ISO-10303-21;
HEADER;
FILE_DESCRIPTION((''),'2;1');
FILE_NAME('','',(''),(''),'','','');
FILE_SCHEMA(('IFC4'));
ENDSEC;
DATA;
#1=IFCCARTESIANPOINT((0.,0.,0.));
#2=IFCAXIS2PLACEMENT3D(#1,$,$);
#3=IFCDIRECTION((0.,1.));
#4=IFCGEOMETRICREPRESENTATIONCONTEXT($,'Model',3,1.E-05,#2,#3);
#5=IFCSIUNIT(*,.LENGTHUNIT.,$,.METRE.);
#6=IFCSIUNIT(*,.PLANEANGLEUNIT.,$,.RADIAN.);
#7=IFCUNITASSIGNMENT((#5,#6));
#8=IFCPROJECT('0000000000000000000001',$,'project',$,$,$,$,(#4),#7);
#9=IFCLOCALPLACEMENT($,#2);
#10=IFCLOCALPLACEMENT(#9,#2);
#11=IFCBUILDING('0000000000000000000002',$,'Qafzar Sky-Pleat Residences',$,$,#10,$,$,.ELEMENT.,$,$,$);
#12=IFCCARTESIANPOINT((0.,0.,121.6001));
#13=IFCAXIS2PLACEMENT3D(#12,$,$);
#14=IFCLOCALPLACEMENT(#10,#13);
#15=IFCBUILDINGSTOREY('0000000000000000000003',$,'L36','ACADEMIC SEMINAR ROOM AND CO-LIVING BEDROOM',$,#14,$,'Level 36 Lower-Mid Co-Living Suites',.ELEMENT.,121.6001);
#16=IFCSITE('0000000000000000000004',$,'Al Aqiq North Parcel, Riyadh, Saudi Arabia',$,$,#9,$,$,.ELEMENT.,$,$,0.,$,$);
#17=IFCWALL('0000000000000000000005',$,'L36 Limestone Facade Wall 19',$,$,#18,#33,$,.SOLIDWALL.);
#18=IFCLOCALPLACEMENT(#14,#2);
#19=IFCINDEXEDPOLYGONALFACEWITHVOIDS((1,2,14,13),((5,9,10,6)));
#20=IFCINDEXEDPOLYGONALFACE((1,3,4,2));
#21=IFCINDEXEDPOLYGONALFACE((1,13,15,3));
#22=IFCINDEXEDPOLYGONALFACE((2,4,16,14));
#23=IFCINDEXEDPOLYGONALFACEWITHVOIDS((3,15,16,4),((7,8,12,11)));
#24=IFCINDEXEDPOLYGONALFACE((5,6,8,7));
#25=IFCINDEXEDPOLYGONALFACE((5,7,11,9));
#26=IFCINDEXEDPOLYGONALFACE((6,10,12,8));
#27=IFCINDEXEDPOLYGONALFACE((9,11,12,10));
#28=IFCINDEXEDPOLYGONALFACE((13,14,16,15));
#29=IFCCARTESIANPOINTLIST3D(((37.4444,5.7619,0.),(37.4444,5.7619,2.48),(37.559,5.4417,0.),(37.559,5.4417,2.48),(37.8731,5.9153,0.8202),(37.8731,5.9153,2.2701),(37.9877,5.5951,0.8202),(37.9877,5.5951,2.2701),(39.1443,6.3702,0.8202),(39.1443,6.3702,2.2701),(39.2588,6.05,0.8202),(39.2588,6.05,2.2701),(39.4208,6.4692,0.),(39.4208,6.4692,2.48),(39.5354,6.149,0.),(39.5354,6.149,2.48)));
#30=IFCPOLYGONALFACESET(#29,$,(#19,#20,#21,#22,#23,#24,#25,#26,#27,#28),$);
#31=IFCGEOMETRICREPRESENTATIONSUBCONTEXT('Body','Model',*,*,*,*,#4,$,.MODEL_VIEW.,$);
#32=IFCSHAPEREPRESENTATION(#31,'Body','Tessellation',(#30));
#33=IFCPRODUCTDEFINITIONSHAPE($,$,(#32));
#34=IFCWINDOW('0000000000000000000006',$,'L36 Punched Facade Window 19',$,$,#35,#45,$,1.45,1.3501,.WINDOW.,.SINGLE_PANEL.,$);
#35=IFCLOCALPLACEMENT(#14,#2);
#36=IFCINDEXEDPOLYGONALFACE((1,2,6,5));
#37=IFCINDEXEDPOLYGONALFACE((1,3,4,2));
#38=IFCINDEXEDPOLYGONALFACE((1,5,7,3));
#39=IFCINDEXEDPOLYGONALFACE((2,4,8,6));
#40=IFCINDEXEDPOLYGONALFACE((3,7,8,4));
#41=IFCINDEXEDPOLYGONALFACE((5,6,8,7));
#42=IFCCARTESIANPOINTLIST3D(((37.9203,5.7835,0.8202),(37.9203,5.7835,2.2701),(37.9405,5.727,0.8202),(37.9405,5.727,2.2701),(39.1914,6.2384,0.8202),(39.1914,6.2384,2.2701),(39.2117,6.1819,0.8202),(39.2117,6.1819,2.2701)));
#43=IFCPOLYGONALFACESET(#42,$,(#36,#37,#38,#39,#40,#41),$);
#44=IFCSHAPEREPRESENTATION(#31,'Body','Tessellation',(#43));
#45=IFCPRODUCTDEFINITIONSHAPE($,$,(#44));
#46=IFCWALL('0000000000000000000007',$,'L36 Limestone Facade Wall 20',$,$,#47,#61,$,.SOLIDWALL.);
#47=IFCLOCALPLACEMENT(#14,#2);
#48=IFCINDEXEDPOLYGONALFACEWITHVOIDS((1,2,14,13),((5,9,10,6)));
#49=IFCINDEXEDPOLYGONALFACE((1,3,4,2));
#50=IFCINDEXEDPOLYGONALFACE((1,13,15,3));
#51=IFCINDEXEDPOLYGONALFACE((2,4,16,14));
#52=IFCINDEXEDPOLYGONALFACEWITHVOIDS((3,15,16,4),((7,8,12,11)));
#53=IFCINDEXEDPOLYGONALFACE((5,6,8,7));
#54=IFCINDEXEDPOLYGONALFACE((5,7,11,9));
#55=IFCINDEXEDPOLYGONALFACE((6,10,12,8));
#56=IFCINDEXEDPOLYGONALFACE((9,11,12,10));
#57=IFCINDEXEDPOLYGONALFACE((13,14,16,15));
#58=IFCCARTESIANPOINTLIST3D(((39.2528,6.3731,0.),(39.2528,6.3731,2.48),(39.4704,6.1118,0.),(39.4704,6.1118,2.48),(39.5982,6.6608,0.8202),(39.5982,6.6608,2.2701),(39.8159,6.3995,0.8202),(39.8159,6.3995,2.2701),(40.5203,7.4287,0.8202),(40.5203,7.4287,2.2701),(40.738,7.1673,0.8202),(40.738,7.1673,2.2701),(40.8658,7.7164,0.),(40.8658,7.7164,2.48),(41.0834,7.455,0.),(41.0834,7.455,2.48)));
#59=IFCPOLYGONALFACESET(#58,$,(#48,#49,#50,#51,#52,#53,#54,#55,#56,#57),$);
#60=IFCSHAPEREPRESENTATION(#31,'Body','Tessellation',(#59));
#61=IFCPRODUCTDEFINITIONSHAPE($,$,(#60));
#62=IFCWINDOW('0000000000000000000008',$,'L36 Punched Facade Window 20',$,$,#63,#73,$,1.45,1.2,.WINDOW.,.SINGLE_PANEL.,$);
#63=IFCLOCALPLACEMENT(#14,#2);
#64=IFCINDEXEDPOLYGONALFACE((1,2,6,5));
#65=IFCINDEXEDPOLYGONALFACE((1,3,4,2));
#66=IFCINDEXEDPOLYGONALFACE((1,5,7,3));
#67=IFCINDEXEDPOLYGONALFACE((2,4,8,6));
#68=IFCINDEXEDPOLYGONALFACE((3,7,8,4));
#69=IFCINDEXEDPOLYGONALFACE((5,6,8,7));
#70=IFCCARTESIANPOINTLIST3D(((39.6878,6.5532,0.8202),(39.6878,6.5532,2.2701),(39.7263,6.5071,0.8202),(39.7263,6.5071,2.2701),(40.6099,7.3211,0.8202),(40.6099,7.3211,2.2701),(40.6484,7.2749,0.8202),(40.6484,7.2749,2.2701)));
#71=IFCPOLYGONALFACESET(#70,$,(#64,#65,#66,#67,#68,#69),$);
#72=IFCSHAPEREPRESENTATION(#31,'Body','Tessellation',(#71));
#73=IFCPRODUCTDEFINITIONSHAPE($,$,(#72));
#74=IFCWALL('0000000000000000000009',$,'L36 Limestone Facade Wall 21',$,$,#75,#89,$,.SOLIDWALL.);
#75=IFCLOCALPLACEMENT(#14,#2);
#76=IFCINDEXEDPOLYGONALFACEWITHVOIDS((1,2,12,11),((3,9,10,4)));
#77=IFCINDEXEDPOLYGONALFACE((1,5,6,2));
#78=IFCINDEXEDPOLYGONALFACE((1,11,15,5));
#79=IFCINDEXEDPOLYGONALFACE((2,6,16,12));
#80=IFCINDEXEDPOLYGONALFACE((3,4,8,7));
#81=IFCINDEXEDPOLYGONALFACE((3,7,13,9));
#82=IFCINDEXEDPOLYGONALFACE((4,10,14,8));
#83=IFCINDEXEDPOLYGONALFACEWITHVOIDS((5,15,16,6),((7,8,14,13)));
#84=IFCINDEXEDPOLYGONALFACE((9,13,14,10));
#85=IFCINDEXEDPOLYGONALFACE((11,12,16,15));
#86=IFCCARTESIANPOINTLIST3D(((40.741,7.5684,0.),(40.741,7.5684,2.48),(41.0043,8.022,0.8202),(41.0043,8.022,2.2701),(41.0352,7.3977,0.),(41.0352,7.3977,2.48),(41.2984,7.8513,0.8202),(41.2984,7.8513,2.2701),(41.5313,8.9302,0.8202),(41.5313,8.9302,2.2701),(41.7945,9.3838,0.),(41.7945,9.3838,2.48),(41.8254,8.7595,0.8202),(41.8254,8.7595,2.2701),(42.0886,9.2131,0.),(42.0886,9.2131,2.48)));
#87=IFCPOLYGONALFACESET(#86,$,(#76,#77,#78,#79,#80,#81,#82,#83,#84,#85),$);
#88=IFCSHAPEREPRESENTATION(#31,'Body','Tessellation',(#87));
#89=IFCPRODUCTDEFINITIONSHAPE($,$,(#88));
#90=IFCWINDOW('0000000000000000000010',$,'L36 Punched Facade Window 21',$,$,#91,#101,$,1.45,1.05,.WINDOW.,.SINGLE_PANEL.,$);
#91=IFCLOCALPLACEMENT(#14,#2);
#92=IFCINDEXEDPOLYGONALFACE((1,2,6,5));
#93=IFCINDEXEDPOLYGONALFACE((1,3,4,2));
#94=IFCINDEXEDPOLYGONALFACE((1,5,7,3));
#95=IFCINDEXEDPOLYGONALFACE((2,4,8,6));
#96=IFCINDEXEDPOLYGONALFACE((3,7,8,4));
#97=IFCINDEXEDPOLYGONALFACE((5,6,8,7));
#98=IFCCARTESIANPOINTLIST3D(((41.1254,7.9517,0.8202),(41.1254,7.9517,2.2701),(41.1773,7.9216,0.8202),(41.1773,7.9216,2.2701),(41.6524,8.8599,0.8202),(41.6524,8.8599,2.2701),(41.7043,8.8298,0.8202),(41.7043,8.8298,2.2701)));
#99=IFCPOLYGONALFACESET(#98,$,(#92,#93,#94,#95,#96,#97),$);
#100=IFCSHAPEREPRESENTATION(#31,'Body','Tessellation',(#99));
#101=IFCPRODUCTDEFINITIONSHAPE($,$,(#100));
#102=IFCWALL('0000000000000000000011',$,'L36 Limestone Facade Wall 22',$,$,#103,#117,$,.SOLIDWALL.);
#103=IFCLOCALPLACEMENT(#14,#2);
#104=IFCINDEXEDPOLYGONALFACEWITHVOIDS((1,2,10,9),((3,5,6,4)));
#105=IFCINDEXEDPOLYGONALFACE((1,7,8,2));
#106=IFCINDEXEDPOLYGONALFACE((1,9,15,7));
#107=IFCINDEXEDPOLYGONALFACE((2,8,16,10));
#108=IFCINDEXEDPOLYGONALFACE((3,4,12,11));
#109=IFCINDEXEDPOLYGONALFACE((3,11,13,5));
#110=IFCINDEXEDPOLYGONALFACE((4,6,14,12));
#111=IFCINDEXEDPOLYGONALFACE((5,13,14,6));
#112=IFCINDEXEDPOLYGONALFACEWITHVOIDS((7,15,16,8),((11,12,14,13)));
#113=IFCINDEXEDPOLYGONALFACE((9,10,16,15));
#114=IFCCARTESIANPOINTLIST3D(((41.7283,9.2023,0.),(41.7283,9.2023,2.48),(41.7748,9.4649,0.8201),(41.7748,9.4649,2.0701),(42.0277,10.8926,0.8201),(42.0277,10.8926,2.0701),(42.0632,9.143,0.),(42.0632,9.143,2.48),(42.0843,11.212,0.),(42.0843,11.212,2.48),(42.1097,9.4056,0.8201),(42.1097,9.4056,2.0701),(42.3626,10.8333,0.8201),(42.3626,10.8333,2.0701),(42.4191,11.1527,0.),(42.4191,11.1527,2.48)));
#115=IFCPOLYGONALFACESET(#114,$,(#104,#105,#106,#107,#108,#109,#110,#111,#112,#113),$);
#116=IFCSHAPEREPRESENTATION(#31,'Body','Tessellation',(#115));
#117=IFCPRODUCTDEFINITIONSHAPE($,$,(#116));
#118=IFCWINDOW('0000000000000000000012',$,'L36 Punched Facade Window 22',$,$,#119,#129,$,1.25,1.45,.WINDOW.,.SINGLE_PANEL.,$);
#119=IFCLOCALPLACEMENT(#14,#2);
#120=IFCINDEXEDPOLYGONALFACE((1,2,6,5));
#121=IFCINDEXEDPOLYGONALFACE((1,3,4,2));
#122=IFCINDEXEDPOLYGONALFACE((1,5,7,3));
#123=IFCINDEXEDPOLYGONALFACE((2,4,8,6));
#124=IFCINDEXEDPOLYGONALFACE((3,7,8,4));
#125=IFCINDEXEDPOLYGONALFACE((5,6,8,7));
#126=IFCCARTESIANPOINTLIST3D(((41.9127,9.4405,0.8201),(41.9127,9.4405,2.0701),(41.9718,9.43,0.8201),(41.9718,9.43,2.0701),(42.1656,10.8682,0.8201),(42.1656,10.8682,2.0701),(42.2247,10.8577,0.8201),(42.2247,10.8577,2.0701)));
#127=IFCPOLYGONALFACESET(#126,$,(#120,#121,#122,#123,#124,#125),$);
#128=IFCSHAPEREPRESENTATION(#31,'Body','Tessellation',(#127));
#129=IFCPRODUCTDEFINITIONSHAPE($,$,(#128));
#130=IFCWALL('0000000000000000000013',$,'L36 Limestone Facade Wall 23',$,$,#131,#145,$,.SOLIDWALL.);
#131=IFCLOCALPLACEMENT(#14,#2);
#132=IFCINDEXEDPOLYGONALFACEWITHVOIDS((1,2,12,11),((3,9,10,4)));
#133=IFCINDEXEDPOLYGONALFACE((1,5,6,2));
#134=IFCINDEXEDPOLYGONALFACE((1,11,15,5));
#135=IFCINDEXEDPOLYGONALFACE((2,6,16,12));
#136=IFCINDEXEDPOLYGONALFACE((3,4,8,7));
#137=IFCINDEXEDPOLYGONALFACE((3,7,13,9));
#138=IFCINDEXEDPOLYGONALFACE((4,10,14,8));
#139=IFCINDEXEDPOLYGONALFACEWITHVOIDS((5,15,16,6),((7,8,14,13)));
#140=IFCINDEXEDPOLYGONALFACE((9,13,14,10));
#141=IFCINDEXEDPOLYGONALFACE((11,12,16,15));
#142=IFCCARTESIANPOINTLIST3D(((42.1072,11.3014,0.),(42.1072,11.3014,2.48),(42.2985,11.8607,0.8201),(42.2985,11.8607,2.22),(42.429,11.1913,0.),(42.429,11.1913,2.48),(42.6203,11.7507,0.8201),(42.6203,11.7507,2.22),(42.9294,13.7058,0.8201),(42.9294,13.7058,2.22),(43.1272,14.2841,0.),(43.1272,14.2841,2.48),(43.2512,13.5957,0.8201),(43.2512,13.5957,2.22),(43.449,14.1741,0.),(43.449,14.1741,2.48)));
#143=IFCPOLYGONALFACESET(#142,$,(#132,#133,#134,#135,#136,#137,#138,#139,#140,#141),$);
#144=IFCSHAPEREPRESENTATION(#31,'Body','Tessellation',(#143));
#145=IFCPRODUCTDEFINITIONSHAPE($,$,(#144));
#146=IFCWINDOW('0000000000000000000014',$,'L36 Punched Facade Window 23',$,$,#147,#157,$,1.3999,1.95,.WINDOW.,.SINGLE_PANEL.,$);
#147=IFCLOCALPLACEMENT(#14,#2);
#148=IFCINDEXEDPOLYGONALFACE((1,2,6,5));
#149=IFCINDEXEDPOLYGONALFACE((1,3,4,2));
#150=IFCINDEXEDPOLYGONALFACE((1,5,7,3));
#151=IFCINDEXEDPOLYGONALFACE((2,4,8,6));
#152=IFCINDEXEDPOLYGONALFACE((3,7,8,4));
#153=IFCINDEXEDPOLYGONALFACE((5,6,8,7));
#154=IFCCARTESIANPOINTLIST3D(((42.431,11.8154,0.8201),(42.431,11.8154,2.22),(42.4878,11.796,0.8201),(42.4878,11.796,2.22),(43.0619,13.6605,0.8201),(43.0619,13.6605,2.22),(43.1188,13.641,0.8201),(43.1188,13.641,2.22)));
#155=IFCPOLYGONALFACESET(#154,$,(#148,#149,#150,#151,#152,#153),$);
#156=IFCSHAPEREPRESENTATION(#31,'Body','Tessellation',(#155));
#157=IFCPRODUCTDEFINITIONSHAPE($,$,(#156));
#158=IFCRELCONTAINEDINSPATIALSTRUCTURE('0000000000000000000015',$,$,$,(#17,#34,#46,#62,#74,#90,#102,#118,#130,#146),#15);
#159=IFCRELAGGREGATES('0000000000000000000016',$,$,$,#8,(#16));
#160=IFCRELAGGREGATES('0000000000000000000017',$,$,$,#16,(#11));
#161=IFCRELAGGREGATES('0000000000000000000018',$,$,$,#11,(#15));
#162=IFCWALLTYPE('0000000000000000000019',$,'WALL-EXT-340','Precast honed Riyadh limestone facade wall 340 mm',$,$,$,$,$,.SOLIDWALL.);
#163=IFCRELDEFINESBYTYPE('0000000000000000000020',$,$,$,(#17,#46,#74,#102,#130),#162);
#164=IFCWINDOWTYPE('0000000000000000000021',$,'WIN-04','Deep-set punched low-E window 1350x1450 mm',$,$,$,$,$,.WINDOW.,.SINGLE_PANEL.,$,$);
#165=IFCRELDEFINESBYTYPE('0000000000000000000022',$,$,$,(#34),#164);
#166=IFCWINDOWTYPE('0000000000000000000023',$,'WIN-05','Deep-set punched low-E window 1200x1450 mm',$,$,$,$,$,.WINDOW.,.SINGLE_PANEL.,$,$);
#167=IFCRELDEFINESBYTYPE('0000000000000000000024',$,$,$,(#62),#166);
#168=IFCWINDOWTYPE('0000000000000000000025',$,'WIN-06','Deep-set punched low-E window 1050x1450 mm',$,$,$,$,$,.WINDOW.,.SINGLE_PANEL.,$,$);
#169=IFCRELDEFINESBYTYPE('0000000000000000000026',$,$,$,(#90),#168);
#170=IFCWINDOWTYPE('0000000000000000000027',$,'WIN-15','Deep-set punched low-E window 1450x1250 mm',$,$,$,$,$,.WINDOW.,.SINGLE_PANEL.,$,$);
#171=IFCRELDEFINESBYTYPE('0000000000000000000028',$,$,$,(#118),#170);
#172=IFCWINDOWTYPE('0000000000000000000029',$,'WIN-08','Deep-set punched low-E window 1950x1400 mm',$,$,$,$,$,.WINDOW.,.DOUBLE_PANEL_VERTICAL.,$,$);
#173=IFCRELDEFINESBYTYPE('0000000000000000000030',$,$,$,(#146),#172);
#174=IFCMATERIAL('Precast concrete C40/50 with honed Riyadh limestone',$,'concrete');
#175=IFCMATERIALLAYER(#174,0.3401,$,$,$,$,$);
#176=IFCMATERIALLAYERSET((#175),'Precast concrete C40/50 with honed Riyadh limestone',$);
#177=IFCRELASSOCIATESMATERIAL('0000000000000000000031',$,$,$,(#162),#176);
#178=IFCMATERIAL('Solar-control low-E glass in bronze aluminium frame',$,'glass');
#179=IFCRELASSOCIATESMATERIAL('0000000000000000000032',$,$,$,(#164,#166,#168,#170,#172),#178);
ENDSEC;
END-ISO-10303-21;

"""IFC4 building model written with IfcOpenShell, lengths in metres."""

from ifc_helpers import new_model, si_unit, direction, frame, frame_2d, origin, place, context, subcontext, project, spatial, rectangle, extrude, source, transform, mapped, material, layer, layer_set, type_object, element, fill, save


model = new_model("IFC4")

# Units and contexts
model_context = context("Model", 3, precision=1e-05, world=origin(), true_north=direction((0.0, 1.0)))
body_context = subcontext(model_context, "Body", "Model", "MODEL_VIEW")
ifc_project = project(units=[si_unit("LENGTHUNIT", "METRE"), si_unit("PLANEANGLEUNIT", "RADIAN")], contexts=[model_context])

# Site, building, storey
site_placement = place(None, origin())
site = spatial("IfcSite", under=ifc_project, at=site_placement, Name="Al Aqiq North Parcel, Riyadh, Saudi Arabia", CompositionType="ELEMENT", RefElevation=0.0)
building_placement = place(site_placement, origin())
building = spatial("IfcBuilding", under=site, at=building_placement, Name="Qafzar Sky-Pleat Residences", CompositionType="ELEMENT")
storey_placement = place(building_placement, frame((0.0, 0.0, 121.6001)))
storey = spatial("IfcBuildingStorey", under=building, at=storey_placement, Name="L36", Description="ACADEMIC SEMINAR ROOM AND CO-LIVING BEDROOM", LongName="Level 36 Lower-Mid Co-Living Suites", CompositionType="ELEMENT", Elevation=121.6001)

# Walls, openings, windows
ifc_material_1 = material(Name="Precast concrete C40/50 with honed Riyadh limestone", Category="concrete")
ifc_layer_1 = layer(ifc_material_1, 0.3401)
ifc_layer_set_1 = layer_set([ifc_layer_1], Name="Precast concrete C40/50 with honed Riyadh limestone")
wall_type_1 = type_object("IfcWallType", Name="WALL-EXT-340", Description="Precast honed Riyadh limestone facade wall 340 mm", PredefinedType="SOLIDWALL", material=ifc_layer_set_1)
wall_1_placement = place(storey_placement, frame((37.5017, 5.6018, 0.0), z_axis=(0.0, 0.0, 1.0), x_axis=(0.941523, 0.336948, 0.0)))
wall_1 = element("IfcWall", 1, at=wall_1_placement, inside=storey, type_object=wall_type_1, Name="L36 Limestone Facade Wall 19", PredefinedType="SOLIDWALL", context=body_context, shape_type="SweptSolid", body=[
    extrude(rectangle(XDim=2.0991, YDim=0.3401, at=frame_2d((1.0496, 0.0))), origin(), (0.0, 0.0, 1.0), 2.48),
])
opening_1_placement = place(wall_1_placement, frame((0.4553, 0.0, 0.8201)))
opening_1 = element("IfcOpeningElement", 2, at=opening_1_placement, cuts=wall_1, PredefinedType="OPENING", context=body_context, shape_type="SweptSolid", body=[
    extrude(rectangle(XDim=1.3501, YDim=1.45, at=frame_2d((0.675, 0.7251))), frame((0.0, 0.1802, 0.0), z_axis=(0.0, -1.0, 0.0), x_axis=(1.0, 0.0, 0.0)), (0.0, 0.0, 1.0), 0.3601),
])
ifc_material_2 = material(Name="Solar-control low-E glass in bronze aluminium frame", Category="glass")
window_type_1 = type_object("IfcWindowType", Name="WIN-04", Description="Deep-set punched low-E window 1350x1450 mm", PartitioningType="SINGLE_PANEL", PredefinedType="WINDOW", material=ifc_material_2)
shared_shape_1 = source(origin(), body_context, "Body", "SweptSolid", [
    extrude(rectangle(XDim=1.3501, YDim=1.45, at=frame_2d((0.675, 0.7251))), frame((0.0, 0.03, 0.0), z_axis=(0.0, -1.0, 0.0), x_axis=(1.0, 0.0, 0.0)), (0.0, 0.0, 1.0), 0.0601),
])
window_1_placement = place(opening_1_placement, origin())
window_1 = element("IfcWindow", 3, at=window_1_placement, inside=storey, type_object=window_type_1, Name="L36 Punched Facade Window 19", OverallHeight=1.45, OverallWidth=1.3501, PartitioningType="SINGLE_PANEL", PredefinedType="WINDOW", context=body_context, shape_type="MappedRepresentation", body=[
    mapped(shared_shape_1, transform((0.0, 0.0, 0.0), x_axis=(1.0, 0.0, 0.0), y_axis=(0.0, 1.0, 0.0), z_axis=(0.0, 0.0, 1.0), scale=1.0)),
])
fill(opening_1, window_1)
wall_2_placement = place(storey_placement, frame((39.3616, 6.2424, 0.0), z_axis=(0.0, 0.0, 1.0), x_axis=(0.768441, 0.639921, 0.0)))
wall_2 = element("IfcWall", 4, at=wall_2_placement, inside=storey, type_object=wall_type_1, Name="L36 Limestone Facade Wall 20", PredefinedType="SOLIDWALL", context=body_context, shape_type="SweptSolid", body=[
    extrude(rectangle(XDim=2.0991, YDim=0.3401, at=frame_2d((1.0496, 0.0))), origin(), (0.0, 0.0, 1.0), 2.48),
])
opening_2_placement = place(wall_2_placement, frame((0.4495, 0.0, 0.8201)))
opening_2 = element("IfcOpeningElement", 5, at=opening_2_placement, cuts=wall_2, PredefinedType="OPENING", context=body_context, shape_type="SweptSolid", body=[
    extrude(rectangle(XDim=1.2, YDim=1.45, at=frame_2d((0.6001, 0.7251))), frame((0.0, 0.1802, 0.0), z_axis=(0.0, -1.0, 0.0), x_axis=(1.0, 0.0, 0.0)), (0.0, 0.0, 1.0), 0.3601),
])
window_type_2 = type_object("IfcWindowType", Name="WIN-05", Description="Deep-set punched low-E window 1200x1450 mm", PartitioningType="SINGLE_PANEL", PredefinedType="WINDOW", material=ifc_material_2)
shared_shape_2 = source(origin(), body_context, "Body", "SweptSolid", [
    extrude(rectangle(XDim=1.2, YDim=1.45, at=frame_2d((0.6001, 0.7251))), frame((0.0, 0.03, 0.0), z_axis=(0.0, -1.0, 0.0), x_axis=(1.0, 0.0, 0.0)), (0.0, 0.0, 1.0), 0.0601),
])
window_2_placement = place(opening_2_placement, origin())
window_2 = element("IfcWindow", 6, at=window_2_placement, inside=storey, type_object=window_type_2, Name="L36 Punched Facade Window 20", OverallHeight=1.45, OverallWidth=1.2, PartitioningType="SINGLE_PANEL", PredefinedType="WINDOW", context=body_context, shape_type="MappedRepresentation", body=[
    mapped(shared_shape_2, transform((0.0, 0.0, 0.0), x_axis=(1.0, 0.0, 0.0), y_axis=(0.0, 1.0, 0.0), z_axis=(0.0, 0.0, 1.0), scale=1.0)),
])
fill(opening_2, window_2)
wall_3_placement = place(storey_placement, frame((40.8882, 7.4832, 0.0), z_axis=(0.0, 0.0, 1.0), x_axis=(0.501903, 0.864924, 0.0)))
wall_3 = element("IfcWall", 7, at=wall_3_placement, inside=storey, type_object=wall_type_1, Name="L36 Limestone Facade Wall 21", PredefinedType="SOLIDWALL", context=body_context, shape_type="SweptSolid", body=[
    extrude(rectangle(XDim=2.0989, YDim=0.3401, at=frame_2d((1.0493, 0.0))), origin(), (0.0, 0.0, 1.0), 2.48),
])
opening_3_placement = place(wall_3_placement, frame((0.5244, 0.0, 0.8201)))
opening_3 = element("IfcOpeningElement", 8, at=opening_3_placement, cuts=wall_3, PredefinedType="OPENING", context=body_context, shape_type="SweptSolid", body=[
    extrude(rectangle(XDim=1.05, YDim=1.45, at=frame_2d((0.5249, 0.7251))), frame((0.0, 0.1802, 0.0), z_axis=(0.0, -1.0, 0.0), x_axis=(1.0, 0.0, 0.0)), (0.0, 0.0, 1.0), 0.3601),
])
window_type_3 = type_object("IfcWindowType", Name="WIN-06", Description="Deep-set punched low-E window 1050x1450 mm", PartitioningType="SINGLE_PANEL", PredefinedType="WINDOW", material=ifc_material_2)
shared_shape_3 = source(origin(), body_context, "Body", "SweptSolid", [
    extrude(rectangle(XDim=1.05, YDim=1.45, at=frame_2d((0.5249, 0.7251))), frame((0.0, 0.03, 0.0), z_axis=(0.0, -1.0, 0.0), x_axis=(1.0, 0.0, 0.0)), (0.0, 0.0, 1.0), 0.0601),
])
window_3_placement = place(opening_3_placement, origin())
window_3 = element("IfcWindow", 9, at=window_3_placement, inside=storey, type_object=window_type_3, Name="L36 Punched Facade Window 21", OverallHeight=1.45, OverallWidth=1.05, PartitioningType="SINGLE_PANEL", PredefinedType="WINDOW", context=body_context, shape_type="MappedRepresentation", body=[
    mapped(shared_shape_3, transform((0.0, 0.0, 0.0), x_axis=(1.0, 0.0, 0.0), y_axis=(0.0, 1.0, 0.0), z_axis=(0.0, 0.0, 1.0), scale=1.0)),
])
fill(opening_3, window_3)
wall_4_placement = place(storey_placement, frame((41.8958, 9.1726, 0.0), z_axis=(0.0, 0.0, 1.0), x_axis=(0.174399, 0.984675, 0.0)))
wall_4 = element("IfcWall", 10, at=wall_4_placement, inside=storey, type_object=wall_type_1, Name="L36 Limestone Facade Wall 22", PredefinedType="SOLIDWALL", context=body_context, shape_type="SweptSolid", body=[
    extrude(rectangle(XDim=2.041, YDim=0.3401, at=frame_2d((1.0205, 0.0))), origin(), (0.0, 0.0, 1.0), 2.48),
])
opening_4_placement = place(wall_4_placement, frame((0.2666, 0.0, 0.8201)))
opening_4 = element("IfcOpeningElement", 11, at=opening_4_placement, cuts=wall_4, PredefinedType="OPENING", context=body_context, shape_type="SweptSolid", body=[
    extrude(rectangle(XDim=1.45, YDim=1.25, at=frame_2d((0.7251, 0.625))), frame((0.0, 0.1802, 0.0), z_axis=(0.0, -1.0, 0.0), x_axis=(1.0, 0.0, 0.0)), (0.0, 0.0, 1.0), 0.3601),
])
window_type_4 = type_object("IfcWindowType", Name="WIN-15", Description="Deep-set punched low-E window 1450x1250 mm", PartitioningType="SINGLE_PANEL", PredefinedType="WINDOW", material=ifc_material_2)
shared_shape_4 = source(origin(), body_context, "Body", "SweptSolid", [
    extrude(rectangle(XDim=1.45, YDim=1.25, at=frame_2d((0.7251, 0.625))), frame((0.0, 0.03, 0.0), z_axis=(0.0, -1.0, 0.0), x_axis=(1.0, 0.0, 0.0)), (0.0, 0.0, 1.0), 0.0601),
])
window_4_placement = place(opening_4_placement, origin())
window_4 = element("IfcWindow", 12, at=window_4_placement, inside=storey, type_object=window_type_4, Name="L36 Punched Facade Window 22", OverallHeight=1.25, OverallWidth=1.45, PartitioningType="SINGLE_PANEL", PredefinedType="WINDOW", context=body_context, shape_type="MappedRepresentation", body=[
    mapped(shared_shape_4, transform((0.0, 0.0, 0.0), x_axis=(1.0, 0.0, 0.0), y_axis=(0.0, 1.0, 0.0), z_axis=(0.0, 0.0, 1.0), scale=1.0)),
])
fill(opening_4, window_4)
wall_5_placement = place(storey_placement, frame((42.2681, 11.2463, 0.0), z_axis=(0.0, 0.0, 1.0), x_axis=(0.323584, 0.9462, 0.0)))
wall_5 = element("IfcWall", 13, at=wall_5_placement, inside=storey, type_object=wall_type_1, Name="L36 Limestone Facade Wall 23", PredefinedType="SOLIDWALL", context=body_context, shape_type="SweptSolid", body=[
    extrude(rectangle(XDim=3.1523, YDim=0.3401, at=frame_2d((1.5762, 0.0))), origin(), (0.0, 0.0, 1.0), 2.48),
])
opening_5_placement = place(wall_5_placement, frame((0.5911, 0.0, 0.8201)))
opening_5 = element("IfcOpeningElement", 14, at=opening_5_placement, cuts=wall_5, PredefinedType="OPENING", context=body_context, shape_type="SweptSolid", body=[
    extrude(rectangle(XDim=1.95, YDim=1.3999, at=frame_2d((0.9751, 0.7))), frame((0.0, 0.1802, 0.0), z_axis=(0.0, -1.0, 0.0), x_axis=(1.0, 0.0, 0.0)), (0.0, 0.0, 1.0), 0.3601),
])
window_type_5 = type_object("IfcWindowType", Name="WIN-08", Description="Deep-set punched low-E window 1950x1400 mm", PartitioningType="DOUBLE_PANEL_VERTICAL", PredefinedType="WINDOW", material=ifc_material_2)
shared_shape_5 = source(origin(), body_context, "Body", "SweptSolid", [
    extrude(rectangle(XDim=1.95, YDim=1.3999, at=frame_2d((0.9751, 0.7))), frame((0.0, 0.03, 0.0), z_axis=(0.0, -1.0, 0.0), x_axis=(1.0, 0.0, 0.0)), (0.0, 0.0, 1.0), 0.0601),
])
window_5_placement = place(opening_5_placement, origin())
window_5 = element("IfcWindow", 15, at=window_5_placement, inside=storey, type_object=window_type_5, Name="L36 Punched Facade Window 23", OverallHeight=1.3999, OverallWidth=1.95, PartitioningType="SINGLE_PANEL", PredefinedType="WINDOW", context=body_context, shape_type="MappedRepresentation", body=[
    mapped(shared_shape_5, transform((0.0, 0.0, 0.0), x_axis=(1.0, 0.0, 0.0), y_axis=(0.0, 1.0, 0.0), z_axis=(0.0, 0.0, 1.0), scale=1.0)),
])
fill(opening_5, window_5)

save(model, "model.ifc")
